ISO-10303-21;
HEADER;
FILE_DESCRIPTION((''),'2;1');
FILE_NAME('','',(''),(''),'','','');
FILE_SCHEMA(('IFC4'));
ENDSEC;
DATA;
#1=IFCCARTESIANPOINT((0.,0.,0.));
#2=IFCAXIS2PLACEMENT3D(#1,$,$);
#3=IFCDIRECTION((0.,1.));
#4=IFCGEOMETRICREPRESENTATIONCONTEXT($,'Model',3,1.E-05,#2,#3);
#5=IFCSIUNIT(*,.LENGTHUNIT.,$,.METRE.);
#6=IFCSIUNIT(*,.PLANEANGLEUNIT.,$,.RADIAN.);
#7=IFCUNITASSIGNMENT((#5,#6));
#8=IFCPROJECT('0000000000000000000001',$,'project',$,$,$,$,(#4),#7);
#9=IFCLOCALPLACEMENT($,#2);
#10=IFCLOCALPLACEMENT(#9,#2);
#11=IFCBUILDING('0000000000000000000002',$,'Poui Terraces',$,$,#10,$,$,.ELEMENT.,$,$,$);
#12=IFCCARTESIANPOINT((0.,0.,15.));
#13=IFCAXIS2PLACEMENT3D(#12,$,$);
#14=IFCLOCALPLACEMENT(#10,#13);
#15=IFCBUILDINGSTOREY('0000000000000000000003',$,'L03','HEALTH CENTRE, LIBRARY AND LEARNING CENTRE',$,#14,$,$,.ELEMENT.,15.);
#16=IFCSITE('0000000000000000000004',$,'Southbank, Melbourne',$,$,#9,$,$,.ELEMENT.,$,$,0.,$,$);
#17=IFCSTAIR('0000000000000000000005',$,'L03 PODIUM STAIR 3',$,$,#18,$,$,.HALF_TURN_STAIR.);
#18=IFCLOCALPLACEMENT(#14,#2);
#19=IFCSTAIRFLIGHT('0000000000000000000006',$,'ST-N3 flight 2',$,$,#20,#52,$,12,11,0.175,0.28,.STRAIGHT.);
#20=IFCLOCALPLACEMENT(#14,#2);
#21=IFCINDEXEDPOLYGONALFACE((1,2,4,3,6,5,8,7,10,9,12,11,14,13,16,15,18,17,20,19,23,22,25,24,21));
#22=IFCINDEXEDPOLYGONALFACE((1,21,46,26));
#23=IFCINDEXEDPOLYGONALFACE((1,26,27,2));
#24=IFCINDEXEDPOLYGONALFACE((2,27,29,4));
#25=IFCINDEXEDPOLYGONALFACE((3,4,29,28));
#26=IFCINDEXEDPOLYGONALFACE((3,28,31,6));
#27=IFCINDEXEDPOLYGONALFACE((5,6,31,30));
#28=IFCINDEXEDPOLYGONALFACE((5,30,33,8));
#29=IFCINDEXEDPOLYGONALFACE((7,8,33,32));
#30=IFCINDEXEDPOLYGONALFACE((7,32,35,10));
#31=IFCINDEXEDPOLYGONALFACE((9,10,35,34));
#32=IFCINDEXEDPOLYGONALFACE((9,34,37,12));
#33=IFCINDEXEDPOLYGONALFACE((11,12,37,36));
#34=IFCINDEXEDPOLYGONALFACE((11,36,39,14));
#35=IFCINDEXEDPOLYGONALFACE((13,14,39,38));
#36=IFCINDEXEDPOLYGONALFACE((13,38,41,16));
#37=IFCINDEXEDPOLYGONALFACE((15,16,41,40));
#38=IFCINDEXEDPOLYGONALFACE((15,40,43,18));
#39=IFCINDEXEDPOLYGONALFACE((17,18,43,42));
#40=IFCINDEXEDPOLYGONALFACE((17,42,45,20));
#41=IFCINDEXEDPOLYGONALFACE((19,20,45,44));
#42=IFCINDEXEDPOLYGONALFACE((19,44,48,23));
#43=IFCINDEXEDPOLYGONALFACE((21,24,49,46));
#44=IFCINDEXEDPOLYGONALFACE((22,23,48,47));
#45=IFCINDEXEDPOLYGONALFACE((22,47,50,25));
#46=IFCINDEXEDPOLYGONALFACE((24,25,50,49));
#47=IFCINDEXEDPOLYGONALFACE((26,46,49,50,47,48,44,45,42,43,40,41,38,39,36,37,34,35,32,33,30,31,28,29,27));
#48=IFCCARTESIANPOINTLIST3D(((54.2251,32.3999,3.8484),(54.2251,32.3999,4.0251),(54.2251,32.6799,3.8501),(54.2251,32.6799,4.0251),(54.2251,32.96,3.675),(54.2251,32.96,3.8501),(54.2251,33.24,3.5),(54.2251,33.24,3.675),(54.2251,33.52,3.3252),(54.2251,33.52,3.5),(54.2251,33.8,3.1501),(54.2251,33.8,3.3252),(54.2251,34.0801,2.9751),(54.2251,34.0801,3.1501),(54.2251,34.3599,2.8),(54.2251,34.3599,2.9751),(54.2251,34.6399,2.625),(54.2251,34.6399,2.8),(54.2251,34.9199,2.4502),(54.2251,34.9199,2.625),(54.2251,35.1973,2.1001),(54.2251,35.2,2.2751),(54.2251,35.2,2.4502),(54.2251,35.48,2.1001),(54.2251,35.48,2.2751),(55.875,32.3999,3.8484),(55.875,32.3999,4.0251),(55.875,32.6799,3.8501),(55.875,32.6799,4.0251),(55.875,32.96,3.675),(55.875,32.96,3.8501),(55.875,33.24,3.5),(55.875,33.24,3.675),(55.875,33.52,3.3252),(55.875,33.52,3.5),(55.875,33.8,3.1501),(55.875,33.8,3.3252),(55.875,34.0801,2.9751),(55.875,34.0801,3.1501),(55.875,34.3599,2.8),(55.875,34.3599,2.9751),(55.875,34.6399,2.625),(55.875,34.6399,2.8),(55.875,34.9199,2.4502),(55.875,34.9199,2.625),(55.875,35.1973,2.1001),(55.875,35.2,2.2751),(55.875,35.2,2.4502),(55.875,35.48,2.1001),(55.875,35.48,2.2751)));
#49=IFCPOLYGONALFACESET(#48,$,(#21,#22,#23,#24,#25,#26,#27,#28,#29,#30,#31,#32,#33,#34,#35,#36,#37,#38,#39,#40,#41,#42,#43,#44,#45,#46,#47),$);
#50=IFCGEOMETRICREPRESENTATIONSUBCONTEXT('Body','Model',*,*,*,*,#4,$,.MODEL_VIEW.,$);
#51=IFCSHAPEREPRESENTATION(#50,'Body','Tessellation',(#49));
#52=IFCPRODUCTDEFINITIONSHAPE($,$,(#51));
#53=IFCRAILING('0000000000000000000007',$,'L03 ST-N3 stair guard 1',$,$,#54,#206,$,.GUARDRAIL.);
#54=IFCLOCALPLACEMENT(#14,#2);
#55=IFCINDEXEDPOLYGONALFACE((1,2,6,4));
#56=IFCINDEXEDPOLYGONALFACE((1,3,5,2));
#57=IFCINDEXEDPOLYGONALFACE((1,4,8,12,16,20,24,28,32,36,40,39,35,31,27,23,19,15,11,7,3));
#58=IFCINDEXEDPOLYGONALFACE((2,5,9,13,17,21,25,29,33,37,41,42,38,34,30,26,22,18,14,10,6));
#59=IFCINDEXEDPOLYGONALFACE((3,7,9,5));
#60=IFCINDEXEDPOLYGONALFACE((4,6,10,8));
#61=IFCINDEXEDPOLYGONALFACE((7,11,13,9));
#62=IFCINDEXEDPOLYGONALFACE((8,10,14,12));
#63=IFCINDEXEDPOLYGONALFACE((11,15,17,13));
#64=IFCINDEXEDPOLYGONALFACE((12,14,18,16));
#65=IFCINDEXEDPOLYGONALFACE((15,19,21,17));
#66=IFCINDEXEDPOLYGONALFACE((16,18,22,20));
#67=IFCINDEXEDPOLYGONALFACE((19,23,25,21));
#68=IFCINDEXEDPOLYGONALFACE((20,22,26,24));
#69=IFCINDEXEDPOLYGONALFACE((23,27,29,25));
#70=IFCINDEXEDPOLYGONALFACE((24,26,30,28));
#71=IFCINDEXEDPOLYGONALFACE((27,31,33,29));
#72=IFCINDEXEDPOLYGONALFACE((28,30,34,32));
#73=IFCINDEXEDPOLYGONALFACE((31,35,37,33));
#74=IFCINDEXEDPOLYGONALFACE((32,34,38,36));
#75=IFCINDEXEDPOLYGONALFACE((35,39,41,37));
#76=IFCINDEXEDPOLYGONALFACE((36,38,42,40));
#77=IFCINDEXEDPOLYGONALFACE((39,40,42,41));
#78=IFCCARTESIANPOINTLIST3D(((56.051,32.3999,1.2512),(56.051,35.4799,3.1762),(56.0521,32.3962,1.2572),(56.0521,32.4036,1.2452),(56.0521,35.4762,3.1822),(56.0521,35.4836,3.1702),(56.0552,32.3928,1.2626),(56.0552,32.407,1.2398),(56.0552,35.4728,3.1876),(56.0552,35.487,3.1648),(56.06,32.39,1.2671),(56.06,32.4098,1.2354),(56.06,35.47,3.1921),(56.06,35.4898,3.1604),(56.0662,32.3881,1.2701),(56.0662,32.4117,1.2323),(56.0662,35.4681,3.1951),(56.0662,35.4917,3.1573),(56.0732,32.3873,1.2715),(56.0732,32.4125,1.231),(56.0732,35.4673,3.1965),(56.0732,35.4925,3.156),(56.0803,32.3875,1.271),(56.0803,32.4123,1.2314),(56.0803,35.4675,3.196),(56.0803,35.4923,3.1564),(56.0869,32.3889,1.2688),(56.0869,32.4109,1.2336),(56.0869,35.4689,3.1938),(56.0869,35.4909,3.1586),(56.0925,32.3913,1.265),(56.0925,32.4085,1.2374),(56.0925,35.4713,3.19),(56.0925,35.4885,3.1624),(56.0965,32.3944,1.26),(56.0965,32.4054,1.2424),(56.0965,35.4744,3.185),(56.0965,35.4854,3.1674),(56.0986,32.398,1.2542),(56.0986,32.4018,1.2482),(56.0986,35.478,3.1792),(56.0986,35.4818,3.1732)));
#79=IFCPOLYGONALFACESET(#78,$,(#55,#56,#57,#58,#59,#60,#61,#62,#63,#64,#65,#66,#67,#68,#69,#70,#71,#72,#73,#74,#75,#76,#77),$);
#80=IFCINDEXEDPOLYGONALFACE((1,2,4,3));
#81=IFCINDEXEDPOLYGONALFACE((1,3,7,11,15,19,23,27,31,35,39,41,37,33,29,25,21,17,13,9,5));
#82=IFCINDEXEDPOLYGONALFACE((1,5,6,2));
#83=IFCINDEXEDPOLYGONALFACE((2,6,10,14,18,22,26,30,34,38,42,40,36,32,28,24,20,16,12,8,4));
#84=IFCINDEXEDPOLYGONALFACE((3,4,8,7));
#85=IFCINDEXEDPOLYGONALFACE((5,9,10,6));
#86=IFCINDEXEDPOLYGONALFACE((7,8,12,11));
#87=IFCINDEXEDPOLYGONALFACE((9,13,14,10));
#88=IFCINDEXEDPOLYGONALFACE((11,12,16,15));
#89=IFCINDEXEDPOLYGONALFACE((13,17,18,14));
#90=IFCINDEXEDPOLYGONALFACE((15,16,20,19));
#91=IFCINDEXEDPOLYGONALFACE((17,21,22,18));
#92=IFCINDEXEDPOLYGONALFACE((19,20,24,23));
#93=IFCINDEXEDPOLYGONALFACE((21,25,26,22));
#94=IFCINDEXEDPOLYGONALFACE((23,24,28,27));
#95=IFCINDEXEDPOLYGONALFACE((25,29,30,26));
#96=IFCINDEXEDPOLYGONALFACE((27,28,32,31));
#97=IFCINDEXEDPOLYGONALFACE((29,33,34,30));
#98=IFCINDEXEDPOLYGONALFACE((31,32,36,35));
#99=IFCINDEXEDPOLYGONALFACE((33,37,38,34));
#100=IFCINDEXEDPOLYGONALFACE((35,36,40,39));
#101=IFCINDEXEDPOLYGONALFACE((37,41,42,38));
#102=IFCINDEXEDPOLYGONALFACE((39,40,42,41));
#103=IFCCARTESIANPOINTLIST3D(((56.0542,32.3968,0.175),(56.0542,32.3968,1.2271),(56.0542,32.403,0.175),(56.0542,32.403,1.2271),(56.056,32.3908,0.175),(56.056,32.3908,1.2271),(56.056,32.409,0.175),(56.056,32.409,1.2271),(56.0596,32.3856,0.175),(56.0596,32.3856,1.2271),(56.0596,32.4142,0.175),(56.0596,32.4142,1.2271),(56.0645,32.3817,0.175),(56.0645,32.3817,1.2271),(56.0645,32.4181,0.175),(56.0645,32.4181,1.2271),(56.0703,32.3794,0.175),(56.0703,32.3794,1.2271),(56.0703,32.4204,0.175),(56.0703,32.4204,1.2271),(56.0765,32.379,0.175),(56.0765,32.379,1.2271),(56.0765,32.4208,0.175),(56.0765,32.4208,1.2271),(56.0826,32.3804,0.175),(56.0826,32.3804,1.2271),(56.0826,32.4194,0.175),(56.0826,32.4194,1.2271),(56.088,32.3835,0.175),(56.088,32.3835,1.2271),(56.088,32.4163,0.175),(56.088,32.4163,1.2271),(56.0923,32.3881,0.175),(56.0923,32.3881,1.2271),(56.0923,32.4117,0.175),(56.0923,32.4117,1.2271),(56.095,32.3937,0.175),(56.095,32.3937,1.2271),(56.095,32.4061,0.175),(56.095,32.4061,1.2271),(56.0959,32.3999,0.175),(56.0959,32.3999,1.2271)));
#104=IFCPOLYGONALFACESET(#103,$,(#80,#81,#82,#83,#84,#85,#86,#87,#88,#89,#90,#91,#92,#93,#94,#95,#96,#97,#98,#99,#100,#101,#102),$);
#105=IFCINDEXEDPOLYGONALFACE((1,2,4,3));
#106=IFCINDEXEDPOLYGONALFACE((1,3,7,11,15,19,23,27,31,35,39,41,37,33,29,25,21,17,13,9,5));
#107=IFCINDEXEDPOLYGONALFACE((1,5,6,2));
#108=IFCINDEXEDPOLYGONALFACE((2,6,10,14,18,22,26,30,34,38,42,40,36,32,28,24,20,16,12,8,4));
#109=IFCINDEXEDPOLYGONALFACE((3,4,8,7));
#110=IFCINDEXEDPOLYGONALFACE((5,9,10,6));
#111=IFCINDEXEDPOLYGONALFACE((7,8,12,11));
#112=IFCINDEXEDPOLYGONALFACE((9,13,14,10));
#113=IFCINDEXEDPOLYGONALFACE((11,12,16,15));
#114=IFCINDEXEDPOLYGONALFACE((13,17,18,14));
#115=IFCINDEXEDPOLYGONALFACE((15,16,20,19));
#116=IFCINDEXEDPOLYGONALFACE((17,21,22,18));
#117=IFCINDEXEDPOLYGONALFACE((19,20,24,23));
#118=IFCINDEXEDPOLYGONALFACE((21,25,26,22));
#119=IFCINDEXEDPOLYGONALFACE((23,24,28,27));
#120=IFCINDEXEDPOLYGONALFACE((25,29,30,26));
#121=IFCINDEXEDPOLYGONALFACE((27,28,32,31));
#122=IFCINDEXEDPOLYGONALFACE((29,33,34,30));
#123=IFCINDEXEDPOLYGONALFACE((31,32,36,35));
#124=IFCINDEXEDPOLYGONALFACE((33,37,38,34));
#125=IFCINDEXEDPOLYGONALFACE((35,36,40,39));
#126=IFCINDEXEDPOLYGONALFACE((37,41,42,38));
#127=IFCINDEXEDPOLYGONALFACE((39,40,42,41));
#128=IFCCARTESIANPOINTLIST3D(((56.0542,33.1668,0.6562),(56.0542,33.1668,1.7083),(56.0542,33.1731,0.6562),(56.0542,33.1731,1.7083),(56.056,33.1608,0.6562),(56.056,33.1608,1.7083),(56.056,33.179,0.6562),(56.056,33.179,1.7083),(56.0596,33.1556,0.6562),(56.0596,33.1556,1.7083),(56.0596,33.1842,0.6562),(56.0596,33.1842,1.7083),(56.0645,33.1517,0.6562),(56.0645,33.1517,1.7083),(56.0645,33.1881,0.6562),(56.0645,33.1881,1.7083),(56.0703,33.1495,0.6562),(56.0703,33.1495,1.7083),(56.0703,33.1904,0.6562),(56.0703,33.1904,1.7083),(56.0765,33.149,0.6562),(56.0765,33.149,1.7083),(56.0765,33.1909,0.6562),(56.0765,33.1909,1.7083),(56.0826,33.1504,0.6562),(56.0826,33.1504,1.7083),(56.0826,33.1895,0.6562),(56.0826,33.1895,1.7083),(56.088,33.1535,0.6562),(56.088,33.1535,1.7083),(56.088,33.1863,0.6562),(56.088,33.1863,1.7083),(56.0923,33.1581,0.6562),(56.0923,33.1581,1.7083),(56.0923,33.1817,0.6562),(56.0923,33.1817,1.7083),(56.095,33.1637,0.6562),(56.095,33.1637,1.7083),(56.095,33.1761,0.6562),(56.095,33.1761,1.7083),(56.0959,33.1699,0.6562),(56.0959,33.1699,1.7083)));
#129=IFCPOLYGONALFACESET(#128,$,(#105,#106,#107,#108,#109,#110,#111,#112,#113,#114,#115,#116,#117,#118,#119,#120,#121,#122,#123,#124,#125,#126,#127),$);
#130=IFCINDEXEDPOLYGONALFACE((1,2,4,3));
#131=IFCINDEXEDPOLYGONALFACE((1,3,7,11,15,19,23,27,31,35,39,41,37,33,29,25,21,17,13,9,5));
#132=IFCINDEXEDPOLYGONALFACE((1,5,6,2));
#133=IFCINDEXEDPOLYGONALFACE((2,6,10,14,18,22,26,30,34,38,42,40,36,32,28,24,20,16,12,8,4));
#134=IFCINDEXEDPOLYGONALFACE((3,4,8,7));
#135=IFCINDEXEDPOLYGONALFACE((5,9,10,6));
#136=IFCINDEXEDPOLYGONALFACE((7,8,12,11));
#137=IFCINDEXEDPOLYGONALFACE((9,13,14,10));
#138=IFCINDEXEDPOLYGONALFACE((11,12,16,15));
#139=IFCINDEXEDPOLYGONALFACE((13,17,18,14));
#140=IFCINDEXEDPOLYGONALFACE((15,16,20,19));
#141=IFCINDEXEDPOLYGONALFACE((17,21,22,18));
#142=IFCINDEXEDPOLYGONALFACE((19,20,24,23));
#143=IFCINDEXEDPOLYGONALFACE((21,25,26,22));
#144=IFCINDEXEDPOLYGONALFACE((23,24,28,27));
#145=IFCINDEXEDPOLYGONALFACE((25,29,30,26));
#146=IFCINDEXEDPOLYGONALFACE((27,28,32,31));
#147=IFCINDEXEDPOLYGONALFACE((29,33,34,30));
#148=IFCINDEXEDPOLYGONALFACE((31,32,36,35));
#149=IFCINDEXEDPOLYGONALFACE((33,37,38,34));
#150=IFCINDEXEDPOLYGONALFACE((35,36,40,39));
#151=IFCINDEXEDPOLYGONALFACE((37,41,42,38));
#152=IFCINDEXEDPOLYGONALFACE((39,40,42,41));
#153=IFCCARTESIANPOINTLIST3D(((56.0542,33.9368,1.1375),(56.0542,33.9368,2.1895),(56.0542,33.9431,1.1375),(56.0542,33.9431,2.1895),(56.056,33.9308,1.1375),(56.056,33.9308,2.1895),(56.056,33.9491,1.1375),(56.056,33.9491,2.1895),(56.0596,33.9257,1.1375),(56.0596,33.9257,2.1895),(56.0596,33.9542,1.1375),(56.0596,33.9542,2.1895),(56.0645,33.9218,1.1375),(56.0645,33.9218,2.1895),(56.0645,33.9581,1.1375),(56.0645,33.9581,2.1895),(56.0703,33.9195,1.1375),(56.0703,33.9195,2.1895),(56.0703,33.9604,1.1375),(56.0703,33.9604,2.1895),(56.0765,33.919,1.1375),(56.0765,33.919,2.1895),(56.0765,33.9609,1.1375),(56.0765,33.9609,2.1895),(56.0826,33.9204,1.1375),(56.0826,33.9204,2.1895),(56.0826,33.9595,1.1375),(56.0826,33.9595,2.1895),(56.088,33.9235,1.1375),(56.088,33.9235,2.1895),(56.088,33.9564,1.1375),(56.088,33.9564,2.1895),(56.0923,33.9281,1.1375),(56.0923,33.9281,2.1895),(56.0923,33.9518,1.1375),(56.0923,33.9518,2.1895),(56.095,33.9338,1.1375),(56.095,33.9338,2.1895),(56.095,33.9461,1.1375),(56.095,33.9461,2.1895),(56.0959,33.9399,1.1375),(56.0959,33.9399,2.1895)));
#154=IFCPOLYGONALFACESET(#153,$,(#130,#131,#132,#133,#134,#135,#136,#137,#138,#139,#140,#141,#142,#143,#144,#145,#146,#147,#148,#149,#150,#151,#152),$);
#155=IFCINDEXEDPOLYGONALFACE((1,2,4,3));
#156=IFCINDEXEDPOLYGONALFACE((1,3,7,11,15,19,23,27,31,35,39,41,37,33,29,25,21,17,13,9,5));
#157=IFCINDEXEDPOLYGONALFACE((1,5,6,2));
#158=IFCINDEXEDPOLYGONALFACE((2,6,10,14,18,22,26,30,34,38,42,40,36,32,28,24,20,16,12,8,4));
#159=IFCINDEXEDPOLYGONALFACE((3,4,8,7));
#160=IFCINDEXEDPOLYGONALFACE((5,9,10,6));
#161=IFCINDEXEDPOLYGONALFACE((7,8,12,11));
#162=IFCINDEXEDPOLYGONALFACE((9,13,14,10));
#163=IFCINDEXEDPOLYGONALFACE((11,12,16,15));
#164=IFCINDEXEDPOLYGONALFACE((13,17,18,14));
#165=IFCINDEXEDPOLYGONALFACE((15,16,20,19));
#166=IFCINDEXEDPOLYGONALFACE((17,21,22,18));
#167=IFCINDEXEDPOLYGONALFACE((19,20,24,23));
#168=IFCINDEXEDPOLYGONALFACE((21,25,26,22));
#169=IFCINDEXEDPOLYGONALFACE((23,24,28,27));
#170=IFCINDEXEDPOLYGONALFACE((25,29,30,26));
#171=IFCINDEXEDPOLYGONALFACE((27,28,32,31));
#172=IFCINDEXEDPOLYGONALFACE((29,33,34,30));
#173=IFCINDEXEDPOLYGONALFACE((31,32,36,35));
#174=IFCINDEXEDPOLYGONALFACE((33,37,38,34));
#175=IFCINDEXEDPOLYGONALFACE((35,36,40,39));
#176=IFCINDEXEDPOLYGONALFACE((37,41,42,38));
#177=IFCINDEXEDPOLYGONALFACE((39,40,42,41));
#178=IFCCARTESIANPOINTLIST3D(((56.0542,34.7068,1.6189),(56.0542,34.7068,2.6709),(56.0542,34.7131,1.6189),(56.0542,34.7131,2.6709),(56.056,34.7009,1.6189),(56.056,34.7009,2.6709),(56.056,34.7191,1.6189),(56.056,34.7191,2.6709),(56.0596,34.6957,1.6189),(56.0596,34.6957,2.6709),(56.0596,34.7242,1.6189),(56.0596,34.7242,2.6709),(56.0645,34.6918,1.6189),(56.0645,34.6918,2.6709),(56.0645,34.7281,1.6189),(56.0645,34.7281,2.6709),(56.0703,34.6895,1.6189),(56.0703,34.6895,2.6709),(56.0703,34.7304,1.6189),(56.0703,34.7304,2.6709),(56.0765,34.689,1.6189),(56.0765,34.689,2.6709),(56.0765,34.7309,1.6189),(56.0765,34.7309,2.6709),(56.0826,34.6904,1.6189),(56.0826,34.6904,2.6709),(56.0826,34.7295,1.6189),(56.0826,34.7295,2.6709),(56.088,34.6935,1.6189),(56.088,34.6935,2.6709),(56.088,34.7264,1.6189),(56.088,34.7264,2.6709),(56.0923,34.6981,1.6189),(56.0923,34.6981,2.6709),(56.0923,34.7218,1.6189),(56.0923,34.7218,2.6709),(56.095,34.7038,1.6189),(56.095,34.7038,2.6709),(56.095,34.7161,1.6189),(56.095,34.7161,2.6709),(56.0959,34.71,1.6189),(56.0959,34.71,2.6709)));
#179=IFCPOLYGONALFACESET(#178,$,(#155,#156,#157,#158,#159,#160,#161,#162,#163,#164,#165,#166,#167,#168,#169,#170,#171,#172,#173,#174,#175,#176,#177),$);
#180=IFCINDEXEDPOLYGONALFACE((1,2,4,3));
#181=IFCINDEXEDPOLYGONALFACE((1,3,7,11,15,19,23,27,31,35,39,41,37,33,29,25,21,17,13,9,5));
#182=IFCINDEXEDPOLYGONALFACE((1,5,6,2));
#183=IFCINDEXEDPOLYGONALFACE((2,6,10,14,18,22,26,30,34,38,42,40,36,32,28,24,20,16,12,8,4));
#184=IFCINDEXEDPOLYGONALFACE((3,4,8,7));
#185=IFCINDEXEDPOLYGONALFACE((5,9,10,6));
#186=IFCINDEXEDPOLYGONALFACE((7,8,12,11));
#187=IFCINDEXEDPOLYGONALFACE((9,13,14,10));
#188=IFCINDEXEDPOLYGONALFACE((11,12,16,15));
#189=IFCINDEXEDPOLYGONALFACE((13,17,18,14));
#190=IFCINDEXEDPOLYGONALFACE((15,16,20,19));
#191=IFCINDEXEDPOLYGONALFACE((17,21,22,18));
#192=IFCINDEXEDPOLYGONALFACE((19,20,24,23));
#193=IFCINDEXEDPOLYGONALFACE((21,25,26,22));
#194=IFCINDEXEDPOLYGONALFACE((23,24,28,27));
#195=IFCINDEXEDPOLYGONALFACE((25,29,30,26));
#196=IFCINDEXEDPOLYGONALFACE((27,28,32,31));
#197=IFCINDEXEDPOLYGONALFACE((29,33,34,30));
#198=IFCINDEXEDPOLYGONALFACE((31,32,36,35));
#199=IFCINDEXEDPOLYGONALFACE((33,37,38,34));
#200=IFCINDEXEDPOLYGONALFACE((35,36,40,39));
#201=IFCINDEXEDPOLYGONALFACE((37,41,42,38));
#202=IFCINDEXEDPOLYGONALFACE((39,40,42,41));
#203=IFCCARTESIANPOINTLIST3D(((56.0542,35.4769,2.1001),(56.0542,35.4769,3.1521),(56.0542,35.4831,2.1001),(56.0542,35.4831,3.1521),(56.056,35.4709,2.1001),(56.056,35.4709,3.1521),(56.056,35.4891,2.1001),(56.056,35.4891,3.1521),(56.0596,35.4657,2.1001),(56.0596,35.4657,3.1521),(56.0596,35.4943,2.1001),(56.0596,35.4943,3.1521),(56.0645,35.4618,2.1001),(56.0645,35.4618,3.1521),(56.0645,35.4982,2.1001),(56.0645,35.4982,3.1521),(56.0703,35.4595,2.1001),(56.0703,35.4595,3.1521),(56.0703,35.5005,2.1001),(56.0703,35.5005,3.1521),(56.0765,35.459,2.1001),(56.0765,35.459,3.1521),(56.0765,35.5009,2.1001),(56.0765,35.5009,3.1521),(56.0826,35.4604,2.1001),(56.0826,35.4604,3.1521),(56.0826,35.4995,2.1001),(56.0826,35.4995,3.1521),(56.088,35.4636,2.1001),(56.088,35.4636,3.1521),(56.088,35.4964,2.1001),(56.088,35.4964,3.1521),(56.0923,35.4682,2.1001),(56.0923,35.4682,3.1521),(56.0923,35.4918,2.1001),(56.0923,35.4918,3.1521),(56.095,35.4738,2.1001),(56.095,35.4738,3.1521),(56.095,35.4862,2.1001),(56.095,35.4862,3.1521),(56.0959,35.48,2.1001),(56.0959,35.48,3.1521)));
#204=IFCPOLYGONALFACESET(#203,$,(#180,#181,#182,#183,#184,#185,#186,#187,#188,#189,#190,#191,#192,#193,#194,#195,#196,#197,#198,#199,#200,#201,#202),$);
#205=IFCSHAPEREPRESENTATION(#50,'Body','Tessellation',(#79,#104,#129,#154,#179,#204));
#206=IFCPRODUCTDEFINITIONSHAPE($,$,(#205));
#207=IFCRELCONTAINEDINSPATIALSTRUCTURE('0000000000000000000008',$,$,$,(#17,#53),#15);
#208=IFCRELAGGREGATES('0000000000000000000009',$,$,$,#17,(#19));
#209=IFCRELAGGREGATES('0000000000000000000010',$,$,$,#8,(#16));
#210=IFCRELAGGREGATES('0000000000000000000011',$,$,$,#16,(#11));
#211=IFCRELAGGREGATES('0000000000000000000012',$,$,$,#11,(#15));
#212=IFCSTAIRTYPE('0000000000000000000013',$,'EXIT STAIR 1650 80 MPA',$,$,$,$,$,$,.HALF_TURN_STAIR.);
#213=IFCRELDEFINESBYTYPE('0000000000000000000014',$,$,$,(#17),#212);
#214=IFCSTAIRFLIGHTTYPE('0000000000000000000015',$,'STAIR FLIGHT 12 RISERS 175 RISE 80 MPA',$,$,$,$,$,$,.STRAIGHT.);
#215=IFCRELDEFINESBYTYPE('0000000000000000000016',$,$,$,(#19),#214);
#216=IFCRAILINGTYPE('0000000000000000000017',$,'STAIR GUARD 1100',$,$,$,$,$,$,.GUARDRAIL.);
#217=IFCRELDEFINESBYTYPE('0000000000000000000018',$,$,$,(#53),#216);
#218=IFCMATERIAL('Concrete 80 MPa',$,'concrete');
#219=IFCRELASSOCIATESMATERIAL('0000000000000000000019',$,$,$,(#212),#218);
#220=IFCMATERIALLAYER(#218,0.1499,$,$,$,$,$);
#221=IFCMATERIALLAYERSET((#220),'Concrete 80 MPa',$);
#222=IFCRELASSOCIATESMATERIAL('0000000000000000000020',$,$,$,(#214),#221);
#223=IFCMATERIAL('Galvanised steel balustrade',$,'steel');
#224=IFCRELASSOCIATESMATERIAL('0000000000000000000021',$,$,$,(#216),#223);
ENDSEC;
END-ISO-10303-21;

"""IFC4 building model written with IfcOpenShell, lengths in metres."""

from ifc_helpers import new_model, si_unit, direction, frame, origin, origin_2d, place, context, subcontext, project, spatial, polyline, circle, outline, extrude, material, layer, layer_set, type_object, element, aggregate, save


model = new_model("IFC4")

# Units and contexts
model_context = context("Model", 3, precision=1e-05, world=origin(), true_north=direction((0.0, 1.0)))
body_context = subcontext(model_context, "Body", "Model", "MODEL_VIEW")
ifc_project = project(units=[si_unit("LENGTHUNIT", "METRE"), si_unit("PLANEANGLEUNIT", "RADIAN")], contexts=[model_context])

# Site, building, storey
site_placement = place(None, origin())
site = spatial("IfcSite", under=ifc_project, at=site_placement, Name="Southbank, Melbourne", CompositionType="ELEMENT", RefElevation=0.0)
building_placement = place(site_placement, origin())
building = spatial("IfcBuilding", under=site, at=building_placement, Name="Poui Terraces", CompositionType="ELEMENT")
storey_placement = place(building_placement, frame((0.0, 0.0, 15.0)))
storey = spatial("IfcBuildingStorey", under=building, at=storey_placement, Name="L03", Description="HEALTH CENTRE, LIBRARY AND LEARNING CENTRE", CompositionType="ELEMENT", Elevation=15.0)

# Shared definitions
ifc_material_1 = material(Name="Concrete 80 MPa", Category="concrete")

# Stair, stair flight
stair_type = type_object("IfcStairType", Name="EXIT STAIR 1650 80 MPA", PredefinedType="HALF_TURN_STAIR", material=ifc_material_1)
stair_placement = place(storey_placement, origin())
stair = element("IfcStair", 1, at=stair_placement, inside=storey, type_object=stair_type, Name="L03 PODIUM STAIR 3", PredefinedType="HALF_TURN_STAIR")
ifc_layer_1 = layer(ifc_material_1, 0.1499)
ifc_layer_set_1 = layer_set([ifc_layer_1], Name="Concrete 80 MPa")
stair_flight_type = type_object("IfcStairFlightType", Name="STAIR FLIGHT 12 RISERS 175 RISE 80 MPA", PredefinedType="STRAIGHT", material=ifc_layer_set_1)
stair_flight_1_placement = place(storey_placement, frame((55.05, 35.48, 2.1001), z_axis=(0.0, 0.0, 1.0), x_axis=(0.0, -1.0, 0.0)))
stair_flight_1 = element("IfcStairFlight", 2, at=stair_flight_1_placement, type_object=stair_flight_type, Name="ST-N3 flight 2", NumberOfRisers=12, NumberOfTreads=11, PredefinedType="STRAIGHT", RiserHeight=0.175, TreadLength=0.28, context=body_context, shape_type="SweptSolid", body=[
    extrude(outline(polyline([(0.0, 0.0), (0.0, 0.175), (0.28, 0.175), (0.28, 0.3501), (0.5601, 0.3501), (0.5601, 0.5249), (0.8401, 0.5249), (0.8401, 0.7), (1.1201, 0.7), (1.1201, 0.875), (1.3999, 0.875), (1.3999, 1.05), (1.6799, 1.05), (1.6799, 1.2251), (1.96, 1.2251), (1.96, 1.3999), (2.24, 1.3999), (2.24, 1.575), (2.52, 1.575), (2.52, 1.75), (2.8, 1.75), (2.8, 1.925), (3.0801, 1.925), (3.0801, 2.1001), (3.0801, 1.7483), (0.2827, 0.0), (0.0, 0.0)])), frame((0.0, 0.825, 0.0), z_axis=(0.0, -1.0, 0.0), x_axis=(1.0, 0.0, 0.0)), (0.0, 0.0, 1.0), 1.6499),
])
aggregate(stair, [stair_flight_1])

# Railing
ifc_material_2 = material(Name="Galvanised steel balustrade", Category="steel")
railing_type_1 = type_object("IfcRailingType", Name="STAIR GUARD 1100", PredefinedType="GUARDRAIL", material=ifc_material_2)
railing_1_placement = place(storey_placement, frame((56.075, 32.3999, 0.175)))
element("IfcRailing", 3, at=railing_1_placement, inside=storey, type_object=railing_type_1, Name="L03 ST-N3 stair guard 1", PredefinedType="GUARDRAIL", context=body_context, shape_type="SweptSolid", body=[
    extrude(circle(Radius=0.0239, at=origin_2d()), frame((0.0, 0.0, 1.0762), z_axis=(0.0, 0.847998, 0.529999), x_axis=(-1.0, 0.0, 0.0)), (0.0, 0.0, 1.0), 3.6321),
    extrude(circle(Radius=0.021, at=origin_2d()), origin(), (0.0, 0.0, 1.0), 1.052),
    extrude(circle(Radius=0.021, at=origin_2d()), frame((0.0, 0.77, 0.4812)), (0.0, 0.0, 1.0), 1.052),
    extrude(circle(Radius=0.021, at=origin_2d()), frame((0.0, 1.54, 0.9624)), (0.0, 0.0, 1.0), 1.052),
    extrude(circle(Radius=0.021, at=origin_2d()), frame((0.0, 2.3101, 1.4438)), (0.0, 0.0, 1.0), 1.052),
    extrude(circle(Radius=0.021, at=origin_2d()), frame((0.0, 3.0801, 1.925)), (0.0, 0.0, 1.0), 1.052),
])

save(model, "model.ifc")
